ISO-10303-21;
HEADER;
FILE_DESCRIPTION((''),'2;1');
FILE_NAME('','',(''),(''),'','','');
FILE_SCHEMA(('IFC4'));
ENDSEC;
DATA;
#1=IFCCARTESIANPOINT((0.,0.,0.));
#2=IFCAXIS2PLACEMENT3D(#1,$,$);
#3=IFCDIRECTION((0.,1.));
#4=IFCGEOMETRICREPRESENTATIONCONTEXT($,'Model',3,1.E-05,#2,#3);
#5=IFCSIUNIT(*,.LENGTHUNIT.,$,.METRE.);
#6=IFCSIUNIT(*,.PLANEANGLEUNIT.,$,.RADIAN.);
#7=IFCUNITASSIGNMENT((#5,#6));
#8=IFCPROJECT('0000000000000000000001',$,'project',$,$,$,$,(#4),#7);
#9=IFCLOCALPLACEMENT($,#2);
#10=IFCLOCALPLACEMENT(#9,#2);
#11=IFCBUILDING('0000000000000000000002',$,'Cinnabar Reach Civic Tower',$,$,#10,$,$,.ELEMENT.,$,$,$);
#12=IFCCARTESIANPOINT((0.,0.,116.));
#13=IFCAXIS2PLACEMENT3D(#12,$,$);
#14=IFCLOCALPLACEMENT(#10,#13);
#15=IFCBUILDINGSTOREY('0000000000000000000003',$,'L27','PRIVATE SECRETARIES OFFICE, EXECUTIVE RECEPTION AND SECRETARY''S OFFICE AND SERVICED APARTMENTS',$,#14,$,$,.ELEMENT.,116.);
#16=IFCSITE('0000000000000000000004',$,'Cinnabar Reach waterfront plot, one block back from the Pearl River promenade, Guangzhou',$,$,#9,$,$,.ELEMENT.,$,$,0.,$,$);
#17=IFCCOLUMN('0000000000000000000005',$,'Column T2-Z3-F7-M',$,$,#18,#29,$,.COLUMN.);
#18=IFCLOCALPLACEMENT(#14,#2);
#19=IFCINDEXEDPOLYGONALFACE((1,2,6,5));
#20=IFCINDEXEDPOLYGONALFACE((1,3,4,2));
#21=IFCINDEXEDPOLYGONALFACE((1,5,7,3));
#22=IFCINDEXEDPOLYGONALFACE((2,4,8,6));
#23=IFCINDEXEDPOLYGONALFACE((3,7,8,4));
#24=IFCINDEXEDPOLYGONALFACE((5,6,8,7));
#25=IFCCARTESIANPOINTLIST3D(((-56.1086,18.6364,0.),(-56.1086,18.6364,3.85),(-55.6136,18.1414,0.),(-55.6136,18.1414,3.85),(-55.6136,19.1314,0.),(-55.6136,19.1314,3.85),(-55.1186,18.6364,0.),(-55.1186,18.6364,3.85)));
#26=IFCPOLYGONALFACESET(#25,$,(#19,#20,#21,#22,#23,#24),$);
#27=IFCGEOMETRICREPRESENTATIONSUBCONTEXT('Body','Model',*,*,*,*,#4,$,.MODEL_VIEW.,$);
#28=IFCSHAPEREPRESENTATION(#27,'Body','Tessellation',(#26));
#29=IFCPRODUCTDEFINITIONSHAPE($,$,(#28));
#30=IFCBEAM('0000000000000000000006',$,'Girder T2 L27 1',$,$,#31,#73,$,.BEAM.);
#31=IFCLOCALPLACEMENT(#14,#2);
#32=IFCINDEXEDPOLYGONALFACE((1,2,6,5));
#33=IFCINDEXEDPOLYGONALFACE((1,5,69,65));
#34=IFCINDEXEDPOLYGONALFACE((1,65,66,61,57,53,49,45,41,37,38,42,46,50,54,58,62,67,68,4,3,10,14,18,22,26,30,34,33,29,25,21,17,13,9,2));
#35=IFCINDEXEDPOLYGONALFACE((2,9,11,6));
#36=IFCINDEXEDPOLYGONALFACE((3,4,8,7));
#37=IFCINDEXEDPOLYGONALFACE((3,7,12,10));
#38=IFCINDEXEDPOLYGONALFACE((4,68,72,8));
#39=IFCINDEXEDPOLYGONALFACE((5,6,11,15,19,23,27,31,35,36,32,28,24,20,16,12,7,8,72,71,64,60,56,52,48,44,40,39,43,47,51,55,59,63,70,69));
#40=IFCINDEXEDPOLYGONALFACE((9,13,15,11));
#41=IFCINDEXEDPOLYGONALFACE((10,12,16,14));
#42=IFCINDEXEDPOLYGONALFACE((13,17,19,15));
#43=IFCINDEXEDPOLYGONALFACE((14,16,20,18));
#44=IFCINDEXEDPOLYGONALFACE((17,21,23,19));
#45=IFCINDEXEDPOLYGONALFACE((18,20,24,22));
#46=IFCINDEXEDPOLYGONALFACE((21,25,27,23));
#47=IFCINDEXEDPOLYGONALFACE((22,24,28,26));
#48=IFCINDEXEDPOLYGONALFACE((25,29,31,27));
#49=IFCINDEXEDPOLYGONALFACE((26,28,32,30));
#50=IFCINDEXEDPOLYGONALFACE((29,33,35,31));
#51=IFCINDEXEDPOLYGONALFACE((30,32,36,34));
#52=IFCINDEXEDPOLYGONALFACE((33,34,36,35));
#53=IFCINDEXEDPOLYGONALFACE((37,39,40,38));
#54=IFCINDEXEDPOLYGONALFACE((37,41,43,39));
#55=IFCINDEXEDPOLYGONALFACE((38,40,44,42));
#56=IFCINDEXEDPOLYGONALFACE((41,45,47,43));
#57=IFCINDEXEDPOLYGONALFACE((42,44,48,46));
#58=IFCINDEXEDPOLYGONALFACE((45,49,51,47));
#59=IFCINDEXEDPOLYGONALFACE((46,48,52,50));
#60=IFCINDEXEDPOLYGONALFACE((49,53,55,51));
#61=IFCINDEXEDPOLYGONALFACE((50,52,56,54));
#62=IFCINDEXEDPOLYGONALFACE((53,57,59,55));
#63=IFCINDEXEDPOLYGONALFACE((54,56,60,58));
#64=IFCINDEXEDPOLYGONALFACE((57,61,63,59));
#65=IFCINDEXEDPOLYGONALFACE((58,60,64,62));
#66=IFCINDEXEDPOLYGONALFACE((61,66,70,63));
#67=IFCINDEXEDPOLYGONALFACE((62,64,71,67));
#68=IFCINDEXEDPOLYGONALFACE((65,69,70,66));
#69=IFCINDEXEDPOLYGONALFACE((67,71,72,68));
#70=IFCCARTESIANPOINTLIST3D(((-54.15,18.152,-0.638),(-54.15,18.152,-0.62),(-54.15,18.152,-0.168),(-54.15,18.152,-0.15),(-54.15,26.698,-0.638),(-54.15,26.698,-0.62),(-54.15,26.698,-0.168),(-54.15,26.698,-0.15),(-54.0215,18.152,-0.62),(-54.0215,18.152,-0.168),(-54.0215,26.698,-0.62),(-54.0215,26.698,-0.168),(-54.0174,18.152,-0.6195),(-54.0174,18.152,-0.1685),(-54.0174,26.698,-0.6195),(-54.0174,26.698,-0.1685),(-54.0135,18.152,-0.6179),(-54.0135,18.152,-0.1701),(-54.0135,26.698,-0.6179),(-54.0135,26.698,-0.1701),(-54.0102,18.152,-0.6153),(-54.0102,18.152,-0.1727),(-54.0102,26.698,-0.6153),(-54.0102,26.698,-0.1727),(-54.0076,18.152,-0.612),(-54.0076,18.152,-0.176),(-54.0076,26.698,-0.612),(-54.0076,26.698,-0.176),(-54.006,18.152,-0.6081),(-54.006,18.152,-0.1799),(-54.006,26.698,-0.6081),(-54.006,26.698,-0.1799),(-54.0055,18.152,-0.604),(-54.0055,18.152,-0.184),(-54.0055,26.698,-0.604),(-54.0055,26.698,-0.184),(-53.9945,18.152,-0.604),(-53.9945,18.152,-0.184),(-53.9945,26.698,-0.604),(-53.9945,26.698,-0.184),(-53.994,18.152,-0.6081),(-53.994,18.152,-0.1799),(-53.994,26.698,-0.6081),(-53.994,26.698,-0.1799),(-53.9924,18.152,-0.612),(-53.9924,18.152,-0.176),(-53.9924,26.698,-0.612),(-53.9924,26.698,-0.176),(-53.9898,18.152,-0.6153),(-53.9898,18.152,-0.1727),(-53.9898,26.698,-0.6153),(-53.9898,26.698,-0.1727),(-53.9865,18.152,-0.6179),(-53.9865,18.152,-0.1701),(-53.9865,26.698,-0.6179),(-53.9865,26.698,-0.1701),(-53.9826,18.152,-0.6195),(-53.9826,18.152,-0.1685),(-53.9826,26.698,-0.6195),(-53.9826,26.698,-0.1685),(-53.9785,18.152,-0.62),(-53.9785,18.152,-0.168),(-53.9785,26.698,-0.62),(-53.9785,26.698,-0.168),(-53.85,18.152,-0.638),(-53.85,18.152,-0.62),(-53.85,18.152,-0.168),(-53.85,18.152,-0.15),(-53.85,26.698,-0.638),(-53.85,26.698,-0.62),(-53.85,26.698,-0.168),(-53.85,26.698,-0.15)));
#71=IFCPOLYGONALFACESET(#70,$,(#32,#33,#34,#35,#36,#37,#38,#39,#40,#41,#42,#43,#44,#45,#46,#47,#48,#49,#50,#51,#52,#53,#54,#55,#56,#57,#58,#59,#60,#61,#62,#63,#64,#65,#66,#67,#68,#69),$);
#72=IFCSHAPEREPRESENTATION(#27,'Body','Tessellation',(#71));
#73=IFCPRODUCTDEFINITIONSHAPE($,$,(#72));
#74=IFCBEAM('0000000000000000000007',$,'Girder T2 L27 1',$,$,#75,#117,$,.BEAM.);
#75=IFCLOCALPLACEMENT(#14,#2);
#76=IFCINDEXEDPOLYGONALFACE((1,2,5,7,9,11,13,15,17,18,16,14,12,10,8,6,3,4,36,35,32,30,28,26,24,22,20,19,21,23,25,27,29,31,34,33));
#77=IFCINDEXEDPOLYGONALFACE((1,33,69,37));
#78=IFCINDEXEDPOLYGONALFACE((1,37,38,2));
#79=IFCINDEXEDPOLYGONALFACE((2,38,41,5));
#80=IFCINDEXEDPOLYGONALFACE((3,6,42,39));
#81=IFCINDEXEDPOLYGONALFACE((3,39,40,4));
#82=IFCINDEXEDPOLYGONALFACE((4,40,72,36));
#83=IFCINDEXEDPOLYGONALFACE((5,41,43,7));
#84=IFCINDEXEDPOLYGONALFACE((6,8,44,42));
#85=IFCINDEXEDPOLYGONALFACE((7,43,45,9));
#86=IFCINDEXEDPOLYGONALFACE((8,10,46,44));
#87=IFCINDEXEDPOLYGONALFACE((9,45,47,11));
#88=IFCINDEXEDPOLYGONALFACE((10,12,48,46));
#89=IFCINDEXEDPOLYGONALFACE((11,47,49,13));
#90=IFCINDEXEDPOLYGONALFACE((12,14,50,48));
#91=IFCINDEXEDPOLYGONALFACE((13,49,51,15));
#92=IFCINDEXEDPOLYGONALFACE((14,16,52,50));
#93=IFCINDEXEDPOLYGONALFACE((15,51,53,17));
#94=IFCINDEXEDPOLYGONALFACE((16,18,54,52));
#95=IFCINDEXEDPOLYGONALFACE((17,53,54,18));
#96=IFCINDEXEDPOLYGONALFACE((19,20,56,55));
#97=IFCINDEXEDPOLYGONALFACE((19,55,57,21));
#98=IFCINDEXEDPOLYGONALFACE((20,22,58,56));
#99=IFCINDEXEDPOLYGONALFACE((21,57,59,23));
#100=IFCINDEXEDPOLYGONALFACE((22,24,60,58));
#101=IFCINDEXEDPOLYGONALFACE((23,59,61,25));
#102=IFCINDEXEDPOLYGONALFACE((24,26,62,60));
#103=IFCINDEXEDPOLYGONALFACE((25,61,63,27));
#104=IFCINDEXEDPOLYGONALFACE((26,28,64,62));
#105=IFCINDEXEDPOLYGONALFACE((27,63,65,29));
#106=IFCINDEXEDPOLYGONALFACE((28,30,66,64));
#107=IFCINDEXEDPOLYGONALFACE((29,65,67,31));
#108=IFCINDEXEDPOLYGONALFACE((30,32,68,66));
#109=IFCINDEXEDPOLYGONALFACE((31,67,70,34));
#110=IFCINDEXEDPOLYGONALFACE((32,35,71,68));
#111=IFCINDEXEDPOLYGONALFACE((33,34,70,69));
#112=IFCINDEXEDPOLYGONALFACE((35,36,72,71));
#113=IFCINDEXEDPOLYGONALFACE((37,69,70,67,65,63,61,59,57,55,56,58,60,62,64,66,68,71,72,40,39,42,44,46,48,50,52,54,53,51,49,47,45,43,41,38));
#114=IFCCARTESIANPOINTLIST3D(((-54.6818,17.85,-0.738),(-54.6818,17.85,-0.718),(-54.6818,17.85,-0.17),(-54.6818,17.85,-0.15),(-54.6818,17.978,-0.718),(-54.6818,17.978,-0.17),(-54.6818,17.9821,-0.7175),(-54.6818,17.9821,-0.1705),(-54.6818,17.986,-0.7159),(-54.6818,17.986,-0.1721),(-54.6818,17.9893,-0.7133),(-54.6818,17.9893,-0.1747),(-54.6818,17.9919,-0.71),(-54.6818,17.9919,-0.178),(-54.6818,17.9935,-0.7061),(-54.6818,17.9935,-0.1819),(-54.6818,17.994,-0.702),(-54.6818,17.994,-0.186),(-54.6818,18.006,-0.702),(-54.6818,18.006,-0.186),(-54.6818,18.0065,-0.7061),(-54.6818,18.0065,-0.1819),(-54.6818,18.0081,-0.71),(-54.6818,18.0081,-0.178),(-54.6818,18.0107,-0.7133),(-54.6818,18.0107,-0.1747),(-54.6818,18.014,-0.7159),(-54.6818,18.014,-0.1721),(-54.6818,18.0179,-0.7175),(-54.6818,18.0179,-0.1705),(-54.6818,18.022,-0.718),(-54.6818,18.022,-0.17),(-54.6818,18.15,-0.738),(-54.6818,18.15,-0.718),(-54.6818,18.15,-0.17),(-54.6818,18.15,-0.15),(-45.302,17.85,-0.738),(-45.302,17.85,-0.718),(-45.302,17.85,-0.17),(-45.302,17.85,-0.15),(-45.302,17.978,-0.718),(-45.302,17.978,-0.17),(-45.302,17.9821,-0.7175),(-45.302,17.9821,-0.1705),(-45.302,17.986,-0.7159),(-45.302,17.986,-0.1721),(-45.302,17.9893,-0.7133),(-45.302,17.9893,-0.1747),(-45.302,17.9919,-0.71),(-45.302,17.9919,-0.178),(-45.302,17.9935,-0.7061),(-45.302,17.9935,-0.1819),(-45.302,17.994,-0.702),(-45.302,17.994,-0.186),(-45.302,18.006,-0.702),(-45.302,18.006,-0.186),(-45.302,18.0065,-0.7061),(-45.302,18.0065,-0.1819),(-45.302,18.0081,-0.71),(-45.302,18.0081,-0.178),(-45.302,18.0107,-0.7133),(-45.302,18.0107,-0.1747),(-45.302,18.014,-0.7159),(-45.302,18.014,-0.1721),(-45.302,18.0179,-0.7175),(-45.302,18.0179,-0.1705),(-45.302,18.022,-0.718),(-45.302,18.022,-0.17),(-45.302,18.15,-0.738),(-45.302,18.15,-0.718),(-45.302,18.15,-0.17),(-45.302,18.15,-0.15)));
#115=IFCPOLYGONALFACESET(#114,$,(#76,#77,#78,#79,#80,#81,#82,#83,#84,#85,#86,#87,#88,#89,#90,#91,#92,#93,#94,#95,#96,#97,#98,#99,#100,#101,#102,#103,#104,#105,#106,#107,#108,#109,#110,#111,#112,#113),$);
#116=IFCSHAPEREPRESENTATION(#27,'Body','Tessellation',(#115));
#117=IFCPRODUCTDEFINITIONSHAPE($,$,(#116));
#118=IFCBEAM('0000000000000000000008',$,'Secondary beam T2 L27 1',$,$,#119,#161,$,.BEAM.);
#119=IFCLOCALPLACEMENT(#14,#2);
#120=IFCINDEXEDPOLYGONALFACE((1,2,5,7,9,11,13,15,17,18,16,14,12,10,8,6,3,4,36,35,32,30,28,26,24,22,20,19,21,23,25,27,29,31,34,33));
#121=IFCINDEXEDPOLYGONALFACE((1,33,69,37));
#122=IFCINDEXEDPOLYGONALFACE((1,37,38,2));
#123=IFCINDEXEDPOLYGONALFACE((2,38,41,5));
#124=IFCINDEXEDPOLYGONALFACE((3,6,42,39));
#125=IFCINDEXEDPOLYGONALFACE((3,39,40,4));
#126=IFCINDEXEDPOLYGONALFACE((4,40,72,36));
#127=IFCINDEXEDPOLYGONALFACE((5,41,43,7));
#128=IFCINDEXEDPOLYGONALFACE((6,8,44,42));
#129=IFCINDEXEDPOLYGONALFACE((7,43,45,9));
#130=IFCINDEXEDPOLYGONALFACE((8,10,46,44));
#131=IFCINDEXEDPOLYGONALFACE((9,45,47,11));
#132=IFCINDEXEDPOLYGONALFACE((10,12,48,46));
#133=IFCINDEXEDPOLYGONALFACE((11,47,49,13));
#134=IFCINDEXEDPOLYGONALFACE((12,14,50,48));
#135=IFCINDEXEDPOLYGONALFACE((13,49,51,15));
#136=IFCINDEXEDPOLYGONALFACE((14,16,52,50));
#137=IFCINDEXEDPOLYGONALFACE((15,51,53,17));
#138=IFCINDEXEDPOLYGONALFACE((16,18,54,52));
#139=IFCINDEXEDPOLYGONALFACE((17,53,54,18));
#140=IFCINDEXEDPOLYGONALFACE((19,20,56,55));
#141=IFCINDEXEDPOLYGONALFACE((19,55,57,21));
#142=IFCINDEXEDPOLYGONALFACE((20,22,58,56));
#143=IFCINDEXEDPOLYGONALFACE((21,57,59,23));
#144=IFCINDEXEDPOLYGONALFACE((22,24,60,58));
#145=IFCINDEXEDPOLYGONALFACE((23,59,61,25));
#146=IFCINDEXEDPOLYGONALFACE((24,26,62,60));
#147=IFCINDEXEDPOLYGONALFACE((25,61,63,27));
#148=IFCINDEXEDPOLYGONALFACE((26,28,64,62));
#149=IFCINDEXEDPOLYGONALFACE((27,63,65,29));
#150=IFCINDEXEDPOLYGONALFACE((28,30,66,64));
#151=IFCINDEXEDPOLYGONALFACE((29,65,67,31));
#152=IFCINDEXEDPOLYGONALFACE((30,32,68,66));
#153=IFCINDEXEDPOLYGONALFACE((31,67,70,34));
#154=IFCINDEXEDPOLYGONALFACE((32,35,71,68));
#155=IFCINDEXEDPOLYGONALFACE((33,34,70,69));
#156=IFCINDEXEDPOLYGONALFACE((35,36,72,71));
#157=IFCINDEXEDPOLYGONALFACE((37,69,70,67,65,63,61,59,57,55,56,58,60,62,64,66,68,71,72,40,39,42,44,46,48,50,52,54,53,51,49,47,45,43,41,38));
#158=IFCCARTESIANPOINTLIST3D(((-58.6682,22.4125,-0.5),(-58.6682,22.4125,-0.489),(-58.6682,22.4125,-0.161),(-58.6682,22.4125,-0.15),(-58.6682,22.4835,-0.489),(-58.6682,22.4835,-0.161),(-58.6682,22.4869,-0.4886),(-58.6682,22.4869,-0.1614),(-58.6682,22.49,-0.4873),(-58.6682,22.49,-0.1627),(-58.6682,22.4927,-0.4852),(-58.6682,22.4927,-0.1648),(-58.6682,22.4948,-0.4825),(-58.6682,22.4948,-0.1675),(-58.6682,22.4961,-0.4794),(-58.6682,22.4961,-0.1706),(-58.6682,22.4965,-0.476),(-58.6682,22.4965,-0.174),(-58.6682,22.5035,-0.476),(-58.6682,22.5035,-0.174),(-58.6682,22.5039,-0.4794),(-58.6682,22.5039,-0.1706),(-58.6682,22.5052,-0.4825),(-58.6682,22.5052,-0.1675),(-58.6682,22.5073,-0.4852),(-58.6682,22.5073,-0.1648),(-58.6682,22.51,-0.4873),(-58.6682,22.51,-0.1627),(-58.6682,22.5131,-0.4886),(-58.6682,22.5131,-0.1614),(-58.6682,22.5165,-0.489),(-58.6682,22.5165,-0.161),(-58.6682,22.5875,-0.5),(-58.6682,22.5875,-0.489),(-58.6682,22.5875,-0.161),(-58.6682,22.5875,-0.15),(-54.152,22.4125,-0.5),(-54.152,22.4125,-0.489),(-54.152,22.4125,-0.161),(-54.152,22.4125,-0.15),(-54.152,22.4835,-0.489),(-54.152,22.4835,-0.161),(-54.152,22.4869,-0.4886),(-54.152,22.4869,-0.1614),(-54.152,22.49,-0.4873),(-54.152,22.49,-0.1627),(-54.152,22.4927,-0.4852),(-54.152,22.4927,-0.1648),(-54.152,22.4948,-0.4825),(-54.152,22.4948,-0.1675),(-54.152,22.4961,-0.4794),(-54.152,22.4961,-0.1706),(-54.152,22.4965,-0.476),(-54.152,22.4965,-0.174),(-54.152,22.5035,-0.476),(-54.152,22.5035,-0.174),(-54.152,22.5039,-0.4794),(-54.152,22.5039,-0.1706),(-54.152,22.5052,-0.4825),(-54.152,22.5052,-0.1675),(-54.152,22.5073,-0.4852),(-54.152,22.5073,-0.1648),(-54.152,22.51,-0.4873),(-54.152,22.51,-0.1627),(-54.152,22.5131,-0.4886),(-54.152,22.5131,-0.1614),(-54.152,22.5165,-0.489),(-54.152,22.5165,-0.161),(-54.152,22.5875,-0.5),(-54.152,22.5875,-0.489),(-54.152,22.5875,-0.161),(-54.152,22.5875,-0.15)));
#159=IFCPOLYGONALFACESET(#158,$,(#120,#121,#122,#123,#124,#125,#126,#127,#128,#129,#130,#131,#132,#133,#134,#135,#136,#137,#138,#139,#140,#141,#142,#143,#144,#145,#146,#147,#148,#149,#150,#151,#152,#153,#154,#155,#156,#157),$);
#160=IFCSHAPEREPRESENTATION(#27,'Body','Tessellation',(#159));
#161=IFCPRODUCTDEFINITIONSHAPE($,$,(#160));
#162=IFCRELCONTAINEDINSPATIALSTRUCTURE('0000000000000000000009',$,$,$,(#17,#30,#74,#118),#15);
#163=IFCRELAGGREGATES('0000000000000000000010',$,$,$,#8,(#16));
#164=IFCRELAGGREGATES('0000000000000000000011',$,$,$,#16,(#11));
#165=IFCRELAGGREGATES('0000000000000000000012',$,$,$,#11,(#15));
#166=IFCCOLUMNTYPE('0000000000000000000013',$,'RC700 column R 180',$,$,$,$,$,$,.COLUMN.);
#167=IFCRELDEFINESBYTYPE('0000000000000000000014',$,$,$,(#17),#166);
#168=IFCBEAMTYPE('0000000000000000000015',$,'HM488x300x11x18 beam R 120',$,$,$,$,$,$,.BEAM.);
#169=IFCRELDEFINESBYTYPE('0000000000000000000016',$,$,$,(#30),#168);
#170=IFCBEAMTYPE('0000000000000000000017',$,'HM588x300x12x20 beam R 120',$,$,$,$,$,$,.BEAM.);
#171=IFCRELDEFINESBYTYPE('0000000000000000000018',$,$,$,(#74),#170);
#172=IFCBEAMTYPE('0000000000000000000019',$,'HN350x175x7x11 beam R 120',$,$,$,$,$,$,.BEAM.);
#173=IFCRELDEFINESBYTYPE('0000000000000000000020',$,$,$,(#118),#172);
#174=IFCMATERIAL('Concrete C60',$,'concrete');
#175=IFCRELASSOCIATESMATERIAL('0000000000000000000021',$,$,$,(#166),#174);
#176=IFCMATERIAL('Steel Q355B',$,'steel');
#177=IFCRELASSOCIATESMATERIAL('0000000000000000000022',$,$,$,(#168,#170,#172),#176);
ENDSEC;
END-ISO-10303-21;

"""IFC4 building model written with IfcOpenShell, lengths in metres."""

from ifc_helpers import new_model, si_unit, direction, frame, origin, origin_2d, place, context, subcontext, project, spatial, rectangle, i_section, extrude, material, material_profile, profile_set, type_object, element, save


model = new_model("IFC4")

# Units and contexts
model_context = context("Model", 3, precision=1e-05, world=origin(), true_north=direction((0.0, 1.0)))
body_context = subcontext(model_context, "Body", "Model", "MODEL_VIEW")
ifc_project = project(units=[si_unit("LENGTHUNIT", "METRE"), si_unit("PLANEANGLEUNIT", "RADIAN")], contexts=[model_context])

# Site, building, storey
site_placement = place(None, origin())
site = spatial("IfcSite", under=ifc_project, at=site_placement, Name="Cinnabar Reach waterfront plot, one block back from the Pearl River promenade, Guangzhou", CompositionType="ELEMENT", RefElevation=0.0)
building_placement = place(site_placement, origin())
building = spatial("IfcBuilding", under=site, at=building_placement, Name="Cinnabar Reach Civic Tower", CompositionType="ELEMENT")
storey_placement = place(building_placement, frame((0.0, 0.0, 116.0)))
storey = spatial("IfcBuildingStorey", under=building, at=storey_placement, Name="L27", Description="PRIVATE SECRETARIES OFFICE, EXECUTIVE RECEPTION AND SECRETARY'S OFFICE AND SERVICED APARTMENTS", CompositionType="ELEMENT", Elevation=116.0)

# Column
ifc_material_1 = material(Name="Concrete C60", Category="concrete")
ifc_material_profile_1 = material_profile(ifc_material_1, rectangle(XDim=0.7, YDim=0.7, at=origin_2d()), Name="RC700")
ifc_profile_set_1 = profile_set([ifc_material_profile_1], Name="Concrete C60")
column_type = type_object("IfcColumnType", Name="RC700 column R 180", PredefinedType="COLUMN", material=ifc_profile_set_1)
column_placement = place(storey_placement, frame((-55.6136, 18.6364, 0.0), z_axis=(0.0, 0.0, 1.0), x_axis=(0.707107, 0.707107, 0.0)))
element("IfcColumn", 1, at=column_placement, inside=storey, type_object=column_type, Name="Column T2-Z3-F7-M", PredefinedType="COLUMN", context=body_context, shape_type="SweptSolid", body=[
    extrude(rectangle(XDim=0.7, YDim=0.7, at=origin_2d()), origin(), (0.0, 0.0, 1.0), 3.85),
])

# Beams
ifc_material_2 = material(Name="Steel Q355B", Category="steel")
ifc_material_profile_2 = material_profile(ifc_material_2, i_section(OverallWidth=0.3, OverallDepth=0.488, WebThickness=0.011, FlangeThickness=0.018, FilletRadius=0.016, at=origin_2d()), Name="HM488x300x11x18")
ifc_profile_set_2 = profile_set([ifc_material_profile_2], Name="Steel Q355B")
beam_type_1 = type_object("IfcBeamType", Name="HM488x300x11x18 beam R 120", PredefinedType="BEAM", material=ifc_profile_set_2)
beam_1_placement = place(storey_placement, frame((-54.0, 18.152, -0.394), z_axis=(0.0, 1.0, 0.0), x_axis=(-1.0, 0.0, 0.0)))
element("IfcBeam", 2, at=beam_1_placement, inside=storey, type_object=beam_type_1, Name="Girder T2 L27 1", PredefinedType="BEAM", context=body_context, shape_type="SweptSolid", body=[
    extrude(i_section(OverallWidth=0.3, OverallDepth=0.488, WebThickness=0.011, FlangeThickness=0.018, FilletRadius=0.016, at=origin_2d()), origin(), (0.0, 0.0, 1.0), 8.546),
])
ifc_material_profile_3 = material_profile(ifc_material_2, i_section(OverallWidth=0.3, OverallDepth=0.588, WebThickness=0.012, FlangeThickness=0.02, FilletRadius=0.016, at=origin_2d()), Name="HM588x300x12x20")
ifc_profile_set_3 = profile_set([ifc_material_profile_3], Name="Steel Q355B")
beam_type_2 = type_object("IfcBeamType", Name="HM588x300x12x20 beam R 120", PredefinedType="BEAM", material=ifc_profile_set_3)
beam_2_placement = place(storey_placement, frame((-54.6818, 18.0, -0.444), z_axis=(1.0, 0.0, 0.0), x_axis=(0.0, 1.0, 0.0)))
element("IfcBeam", 3, at=beam_2_placement, inside=storey, type_object=beam_type_2, Name="Girder T2 L27 1", PredefinedType="BEAM", context=body_context, shape_type="SweptSolid", body=[
    extrude(i_section(OverallWidth=0.3, OverallDepth=0.588, WebThickness=0.012, FlangeThickness=0.02, FilletRadius=0.016, at=origin_2d()), origin(), (0.0, 0.0, 1.0), 9.3798),
])
ifc_material_profile_4 = material_profile(ifc_material_2, i_section(OverallWidth=0.175, OverallDepth=0.35, WebThickness=0.007, FlangeThickness=0.011, FilletRadius=0.013, at=origin_2d()), Name="HN350x175x7x11")
ifc_profile_set_4 = profile_set([ifc_material_profile_4], Name="Steel Q355B")
beam_type_3 = type_object("IfcBeamType", Name="HN350x175x7x11 beam R 120", PredefinedType="BEAM", material=ifc_profile_set_4)
beam_3_placement = place(storey_placement, frame((-58.6682, 22.5, -0.325), z_axis=(1.0, 0.0, 0.0), x_axis=(0.0, 1.0, 0.0)))
element("IfcBeam", 4, at=beam_3_placement, inside=storey, type_object=beam_type_3, Name="Secondary beam T2 L27 1", PredefinedType="BEAM", context=body_context, shape_type="SweptSolid", body=[
    extrude(i_section(OverallWidth=0.175, OverallDepth=0.35, WebThickness=0.007, FlangeThickness=0.011, FilletRadius=0.013, at=origin_2d()), origin(), (0.0, 0.0, 1.0), 4.5162),
])

save(model, "model.ifc")
